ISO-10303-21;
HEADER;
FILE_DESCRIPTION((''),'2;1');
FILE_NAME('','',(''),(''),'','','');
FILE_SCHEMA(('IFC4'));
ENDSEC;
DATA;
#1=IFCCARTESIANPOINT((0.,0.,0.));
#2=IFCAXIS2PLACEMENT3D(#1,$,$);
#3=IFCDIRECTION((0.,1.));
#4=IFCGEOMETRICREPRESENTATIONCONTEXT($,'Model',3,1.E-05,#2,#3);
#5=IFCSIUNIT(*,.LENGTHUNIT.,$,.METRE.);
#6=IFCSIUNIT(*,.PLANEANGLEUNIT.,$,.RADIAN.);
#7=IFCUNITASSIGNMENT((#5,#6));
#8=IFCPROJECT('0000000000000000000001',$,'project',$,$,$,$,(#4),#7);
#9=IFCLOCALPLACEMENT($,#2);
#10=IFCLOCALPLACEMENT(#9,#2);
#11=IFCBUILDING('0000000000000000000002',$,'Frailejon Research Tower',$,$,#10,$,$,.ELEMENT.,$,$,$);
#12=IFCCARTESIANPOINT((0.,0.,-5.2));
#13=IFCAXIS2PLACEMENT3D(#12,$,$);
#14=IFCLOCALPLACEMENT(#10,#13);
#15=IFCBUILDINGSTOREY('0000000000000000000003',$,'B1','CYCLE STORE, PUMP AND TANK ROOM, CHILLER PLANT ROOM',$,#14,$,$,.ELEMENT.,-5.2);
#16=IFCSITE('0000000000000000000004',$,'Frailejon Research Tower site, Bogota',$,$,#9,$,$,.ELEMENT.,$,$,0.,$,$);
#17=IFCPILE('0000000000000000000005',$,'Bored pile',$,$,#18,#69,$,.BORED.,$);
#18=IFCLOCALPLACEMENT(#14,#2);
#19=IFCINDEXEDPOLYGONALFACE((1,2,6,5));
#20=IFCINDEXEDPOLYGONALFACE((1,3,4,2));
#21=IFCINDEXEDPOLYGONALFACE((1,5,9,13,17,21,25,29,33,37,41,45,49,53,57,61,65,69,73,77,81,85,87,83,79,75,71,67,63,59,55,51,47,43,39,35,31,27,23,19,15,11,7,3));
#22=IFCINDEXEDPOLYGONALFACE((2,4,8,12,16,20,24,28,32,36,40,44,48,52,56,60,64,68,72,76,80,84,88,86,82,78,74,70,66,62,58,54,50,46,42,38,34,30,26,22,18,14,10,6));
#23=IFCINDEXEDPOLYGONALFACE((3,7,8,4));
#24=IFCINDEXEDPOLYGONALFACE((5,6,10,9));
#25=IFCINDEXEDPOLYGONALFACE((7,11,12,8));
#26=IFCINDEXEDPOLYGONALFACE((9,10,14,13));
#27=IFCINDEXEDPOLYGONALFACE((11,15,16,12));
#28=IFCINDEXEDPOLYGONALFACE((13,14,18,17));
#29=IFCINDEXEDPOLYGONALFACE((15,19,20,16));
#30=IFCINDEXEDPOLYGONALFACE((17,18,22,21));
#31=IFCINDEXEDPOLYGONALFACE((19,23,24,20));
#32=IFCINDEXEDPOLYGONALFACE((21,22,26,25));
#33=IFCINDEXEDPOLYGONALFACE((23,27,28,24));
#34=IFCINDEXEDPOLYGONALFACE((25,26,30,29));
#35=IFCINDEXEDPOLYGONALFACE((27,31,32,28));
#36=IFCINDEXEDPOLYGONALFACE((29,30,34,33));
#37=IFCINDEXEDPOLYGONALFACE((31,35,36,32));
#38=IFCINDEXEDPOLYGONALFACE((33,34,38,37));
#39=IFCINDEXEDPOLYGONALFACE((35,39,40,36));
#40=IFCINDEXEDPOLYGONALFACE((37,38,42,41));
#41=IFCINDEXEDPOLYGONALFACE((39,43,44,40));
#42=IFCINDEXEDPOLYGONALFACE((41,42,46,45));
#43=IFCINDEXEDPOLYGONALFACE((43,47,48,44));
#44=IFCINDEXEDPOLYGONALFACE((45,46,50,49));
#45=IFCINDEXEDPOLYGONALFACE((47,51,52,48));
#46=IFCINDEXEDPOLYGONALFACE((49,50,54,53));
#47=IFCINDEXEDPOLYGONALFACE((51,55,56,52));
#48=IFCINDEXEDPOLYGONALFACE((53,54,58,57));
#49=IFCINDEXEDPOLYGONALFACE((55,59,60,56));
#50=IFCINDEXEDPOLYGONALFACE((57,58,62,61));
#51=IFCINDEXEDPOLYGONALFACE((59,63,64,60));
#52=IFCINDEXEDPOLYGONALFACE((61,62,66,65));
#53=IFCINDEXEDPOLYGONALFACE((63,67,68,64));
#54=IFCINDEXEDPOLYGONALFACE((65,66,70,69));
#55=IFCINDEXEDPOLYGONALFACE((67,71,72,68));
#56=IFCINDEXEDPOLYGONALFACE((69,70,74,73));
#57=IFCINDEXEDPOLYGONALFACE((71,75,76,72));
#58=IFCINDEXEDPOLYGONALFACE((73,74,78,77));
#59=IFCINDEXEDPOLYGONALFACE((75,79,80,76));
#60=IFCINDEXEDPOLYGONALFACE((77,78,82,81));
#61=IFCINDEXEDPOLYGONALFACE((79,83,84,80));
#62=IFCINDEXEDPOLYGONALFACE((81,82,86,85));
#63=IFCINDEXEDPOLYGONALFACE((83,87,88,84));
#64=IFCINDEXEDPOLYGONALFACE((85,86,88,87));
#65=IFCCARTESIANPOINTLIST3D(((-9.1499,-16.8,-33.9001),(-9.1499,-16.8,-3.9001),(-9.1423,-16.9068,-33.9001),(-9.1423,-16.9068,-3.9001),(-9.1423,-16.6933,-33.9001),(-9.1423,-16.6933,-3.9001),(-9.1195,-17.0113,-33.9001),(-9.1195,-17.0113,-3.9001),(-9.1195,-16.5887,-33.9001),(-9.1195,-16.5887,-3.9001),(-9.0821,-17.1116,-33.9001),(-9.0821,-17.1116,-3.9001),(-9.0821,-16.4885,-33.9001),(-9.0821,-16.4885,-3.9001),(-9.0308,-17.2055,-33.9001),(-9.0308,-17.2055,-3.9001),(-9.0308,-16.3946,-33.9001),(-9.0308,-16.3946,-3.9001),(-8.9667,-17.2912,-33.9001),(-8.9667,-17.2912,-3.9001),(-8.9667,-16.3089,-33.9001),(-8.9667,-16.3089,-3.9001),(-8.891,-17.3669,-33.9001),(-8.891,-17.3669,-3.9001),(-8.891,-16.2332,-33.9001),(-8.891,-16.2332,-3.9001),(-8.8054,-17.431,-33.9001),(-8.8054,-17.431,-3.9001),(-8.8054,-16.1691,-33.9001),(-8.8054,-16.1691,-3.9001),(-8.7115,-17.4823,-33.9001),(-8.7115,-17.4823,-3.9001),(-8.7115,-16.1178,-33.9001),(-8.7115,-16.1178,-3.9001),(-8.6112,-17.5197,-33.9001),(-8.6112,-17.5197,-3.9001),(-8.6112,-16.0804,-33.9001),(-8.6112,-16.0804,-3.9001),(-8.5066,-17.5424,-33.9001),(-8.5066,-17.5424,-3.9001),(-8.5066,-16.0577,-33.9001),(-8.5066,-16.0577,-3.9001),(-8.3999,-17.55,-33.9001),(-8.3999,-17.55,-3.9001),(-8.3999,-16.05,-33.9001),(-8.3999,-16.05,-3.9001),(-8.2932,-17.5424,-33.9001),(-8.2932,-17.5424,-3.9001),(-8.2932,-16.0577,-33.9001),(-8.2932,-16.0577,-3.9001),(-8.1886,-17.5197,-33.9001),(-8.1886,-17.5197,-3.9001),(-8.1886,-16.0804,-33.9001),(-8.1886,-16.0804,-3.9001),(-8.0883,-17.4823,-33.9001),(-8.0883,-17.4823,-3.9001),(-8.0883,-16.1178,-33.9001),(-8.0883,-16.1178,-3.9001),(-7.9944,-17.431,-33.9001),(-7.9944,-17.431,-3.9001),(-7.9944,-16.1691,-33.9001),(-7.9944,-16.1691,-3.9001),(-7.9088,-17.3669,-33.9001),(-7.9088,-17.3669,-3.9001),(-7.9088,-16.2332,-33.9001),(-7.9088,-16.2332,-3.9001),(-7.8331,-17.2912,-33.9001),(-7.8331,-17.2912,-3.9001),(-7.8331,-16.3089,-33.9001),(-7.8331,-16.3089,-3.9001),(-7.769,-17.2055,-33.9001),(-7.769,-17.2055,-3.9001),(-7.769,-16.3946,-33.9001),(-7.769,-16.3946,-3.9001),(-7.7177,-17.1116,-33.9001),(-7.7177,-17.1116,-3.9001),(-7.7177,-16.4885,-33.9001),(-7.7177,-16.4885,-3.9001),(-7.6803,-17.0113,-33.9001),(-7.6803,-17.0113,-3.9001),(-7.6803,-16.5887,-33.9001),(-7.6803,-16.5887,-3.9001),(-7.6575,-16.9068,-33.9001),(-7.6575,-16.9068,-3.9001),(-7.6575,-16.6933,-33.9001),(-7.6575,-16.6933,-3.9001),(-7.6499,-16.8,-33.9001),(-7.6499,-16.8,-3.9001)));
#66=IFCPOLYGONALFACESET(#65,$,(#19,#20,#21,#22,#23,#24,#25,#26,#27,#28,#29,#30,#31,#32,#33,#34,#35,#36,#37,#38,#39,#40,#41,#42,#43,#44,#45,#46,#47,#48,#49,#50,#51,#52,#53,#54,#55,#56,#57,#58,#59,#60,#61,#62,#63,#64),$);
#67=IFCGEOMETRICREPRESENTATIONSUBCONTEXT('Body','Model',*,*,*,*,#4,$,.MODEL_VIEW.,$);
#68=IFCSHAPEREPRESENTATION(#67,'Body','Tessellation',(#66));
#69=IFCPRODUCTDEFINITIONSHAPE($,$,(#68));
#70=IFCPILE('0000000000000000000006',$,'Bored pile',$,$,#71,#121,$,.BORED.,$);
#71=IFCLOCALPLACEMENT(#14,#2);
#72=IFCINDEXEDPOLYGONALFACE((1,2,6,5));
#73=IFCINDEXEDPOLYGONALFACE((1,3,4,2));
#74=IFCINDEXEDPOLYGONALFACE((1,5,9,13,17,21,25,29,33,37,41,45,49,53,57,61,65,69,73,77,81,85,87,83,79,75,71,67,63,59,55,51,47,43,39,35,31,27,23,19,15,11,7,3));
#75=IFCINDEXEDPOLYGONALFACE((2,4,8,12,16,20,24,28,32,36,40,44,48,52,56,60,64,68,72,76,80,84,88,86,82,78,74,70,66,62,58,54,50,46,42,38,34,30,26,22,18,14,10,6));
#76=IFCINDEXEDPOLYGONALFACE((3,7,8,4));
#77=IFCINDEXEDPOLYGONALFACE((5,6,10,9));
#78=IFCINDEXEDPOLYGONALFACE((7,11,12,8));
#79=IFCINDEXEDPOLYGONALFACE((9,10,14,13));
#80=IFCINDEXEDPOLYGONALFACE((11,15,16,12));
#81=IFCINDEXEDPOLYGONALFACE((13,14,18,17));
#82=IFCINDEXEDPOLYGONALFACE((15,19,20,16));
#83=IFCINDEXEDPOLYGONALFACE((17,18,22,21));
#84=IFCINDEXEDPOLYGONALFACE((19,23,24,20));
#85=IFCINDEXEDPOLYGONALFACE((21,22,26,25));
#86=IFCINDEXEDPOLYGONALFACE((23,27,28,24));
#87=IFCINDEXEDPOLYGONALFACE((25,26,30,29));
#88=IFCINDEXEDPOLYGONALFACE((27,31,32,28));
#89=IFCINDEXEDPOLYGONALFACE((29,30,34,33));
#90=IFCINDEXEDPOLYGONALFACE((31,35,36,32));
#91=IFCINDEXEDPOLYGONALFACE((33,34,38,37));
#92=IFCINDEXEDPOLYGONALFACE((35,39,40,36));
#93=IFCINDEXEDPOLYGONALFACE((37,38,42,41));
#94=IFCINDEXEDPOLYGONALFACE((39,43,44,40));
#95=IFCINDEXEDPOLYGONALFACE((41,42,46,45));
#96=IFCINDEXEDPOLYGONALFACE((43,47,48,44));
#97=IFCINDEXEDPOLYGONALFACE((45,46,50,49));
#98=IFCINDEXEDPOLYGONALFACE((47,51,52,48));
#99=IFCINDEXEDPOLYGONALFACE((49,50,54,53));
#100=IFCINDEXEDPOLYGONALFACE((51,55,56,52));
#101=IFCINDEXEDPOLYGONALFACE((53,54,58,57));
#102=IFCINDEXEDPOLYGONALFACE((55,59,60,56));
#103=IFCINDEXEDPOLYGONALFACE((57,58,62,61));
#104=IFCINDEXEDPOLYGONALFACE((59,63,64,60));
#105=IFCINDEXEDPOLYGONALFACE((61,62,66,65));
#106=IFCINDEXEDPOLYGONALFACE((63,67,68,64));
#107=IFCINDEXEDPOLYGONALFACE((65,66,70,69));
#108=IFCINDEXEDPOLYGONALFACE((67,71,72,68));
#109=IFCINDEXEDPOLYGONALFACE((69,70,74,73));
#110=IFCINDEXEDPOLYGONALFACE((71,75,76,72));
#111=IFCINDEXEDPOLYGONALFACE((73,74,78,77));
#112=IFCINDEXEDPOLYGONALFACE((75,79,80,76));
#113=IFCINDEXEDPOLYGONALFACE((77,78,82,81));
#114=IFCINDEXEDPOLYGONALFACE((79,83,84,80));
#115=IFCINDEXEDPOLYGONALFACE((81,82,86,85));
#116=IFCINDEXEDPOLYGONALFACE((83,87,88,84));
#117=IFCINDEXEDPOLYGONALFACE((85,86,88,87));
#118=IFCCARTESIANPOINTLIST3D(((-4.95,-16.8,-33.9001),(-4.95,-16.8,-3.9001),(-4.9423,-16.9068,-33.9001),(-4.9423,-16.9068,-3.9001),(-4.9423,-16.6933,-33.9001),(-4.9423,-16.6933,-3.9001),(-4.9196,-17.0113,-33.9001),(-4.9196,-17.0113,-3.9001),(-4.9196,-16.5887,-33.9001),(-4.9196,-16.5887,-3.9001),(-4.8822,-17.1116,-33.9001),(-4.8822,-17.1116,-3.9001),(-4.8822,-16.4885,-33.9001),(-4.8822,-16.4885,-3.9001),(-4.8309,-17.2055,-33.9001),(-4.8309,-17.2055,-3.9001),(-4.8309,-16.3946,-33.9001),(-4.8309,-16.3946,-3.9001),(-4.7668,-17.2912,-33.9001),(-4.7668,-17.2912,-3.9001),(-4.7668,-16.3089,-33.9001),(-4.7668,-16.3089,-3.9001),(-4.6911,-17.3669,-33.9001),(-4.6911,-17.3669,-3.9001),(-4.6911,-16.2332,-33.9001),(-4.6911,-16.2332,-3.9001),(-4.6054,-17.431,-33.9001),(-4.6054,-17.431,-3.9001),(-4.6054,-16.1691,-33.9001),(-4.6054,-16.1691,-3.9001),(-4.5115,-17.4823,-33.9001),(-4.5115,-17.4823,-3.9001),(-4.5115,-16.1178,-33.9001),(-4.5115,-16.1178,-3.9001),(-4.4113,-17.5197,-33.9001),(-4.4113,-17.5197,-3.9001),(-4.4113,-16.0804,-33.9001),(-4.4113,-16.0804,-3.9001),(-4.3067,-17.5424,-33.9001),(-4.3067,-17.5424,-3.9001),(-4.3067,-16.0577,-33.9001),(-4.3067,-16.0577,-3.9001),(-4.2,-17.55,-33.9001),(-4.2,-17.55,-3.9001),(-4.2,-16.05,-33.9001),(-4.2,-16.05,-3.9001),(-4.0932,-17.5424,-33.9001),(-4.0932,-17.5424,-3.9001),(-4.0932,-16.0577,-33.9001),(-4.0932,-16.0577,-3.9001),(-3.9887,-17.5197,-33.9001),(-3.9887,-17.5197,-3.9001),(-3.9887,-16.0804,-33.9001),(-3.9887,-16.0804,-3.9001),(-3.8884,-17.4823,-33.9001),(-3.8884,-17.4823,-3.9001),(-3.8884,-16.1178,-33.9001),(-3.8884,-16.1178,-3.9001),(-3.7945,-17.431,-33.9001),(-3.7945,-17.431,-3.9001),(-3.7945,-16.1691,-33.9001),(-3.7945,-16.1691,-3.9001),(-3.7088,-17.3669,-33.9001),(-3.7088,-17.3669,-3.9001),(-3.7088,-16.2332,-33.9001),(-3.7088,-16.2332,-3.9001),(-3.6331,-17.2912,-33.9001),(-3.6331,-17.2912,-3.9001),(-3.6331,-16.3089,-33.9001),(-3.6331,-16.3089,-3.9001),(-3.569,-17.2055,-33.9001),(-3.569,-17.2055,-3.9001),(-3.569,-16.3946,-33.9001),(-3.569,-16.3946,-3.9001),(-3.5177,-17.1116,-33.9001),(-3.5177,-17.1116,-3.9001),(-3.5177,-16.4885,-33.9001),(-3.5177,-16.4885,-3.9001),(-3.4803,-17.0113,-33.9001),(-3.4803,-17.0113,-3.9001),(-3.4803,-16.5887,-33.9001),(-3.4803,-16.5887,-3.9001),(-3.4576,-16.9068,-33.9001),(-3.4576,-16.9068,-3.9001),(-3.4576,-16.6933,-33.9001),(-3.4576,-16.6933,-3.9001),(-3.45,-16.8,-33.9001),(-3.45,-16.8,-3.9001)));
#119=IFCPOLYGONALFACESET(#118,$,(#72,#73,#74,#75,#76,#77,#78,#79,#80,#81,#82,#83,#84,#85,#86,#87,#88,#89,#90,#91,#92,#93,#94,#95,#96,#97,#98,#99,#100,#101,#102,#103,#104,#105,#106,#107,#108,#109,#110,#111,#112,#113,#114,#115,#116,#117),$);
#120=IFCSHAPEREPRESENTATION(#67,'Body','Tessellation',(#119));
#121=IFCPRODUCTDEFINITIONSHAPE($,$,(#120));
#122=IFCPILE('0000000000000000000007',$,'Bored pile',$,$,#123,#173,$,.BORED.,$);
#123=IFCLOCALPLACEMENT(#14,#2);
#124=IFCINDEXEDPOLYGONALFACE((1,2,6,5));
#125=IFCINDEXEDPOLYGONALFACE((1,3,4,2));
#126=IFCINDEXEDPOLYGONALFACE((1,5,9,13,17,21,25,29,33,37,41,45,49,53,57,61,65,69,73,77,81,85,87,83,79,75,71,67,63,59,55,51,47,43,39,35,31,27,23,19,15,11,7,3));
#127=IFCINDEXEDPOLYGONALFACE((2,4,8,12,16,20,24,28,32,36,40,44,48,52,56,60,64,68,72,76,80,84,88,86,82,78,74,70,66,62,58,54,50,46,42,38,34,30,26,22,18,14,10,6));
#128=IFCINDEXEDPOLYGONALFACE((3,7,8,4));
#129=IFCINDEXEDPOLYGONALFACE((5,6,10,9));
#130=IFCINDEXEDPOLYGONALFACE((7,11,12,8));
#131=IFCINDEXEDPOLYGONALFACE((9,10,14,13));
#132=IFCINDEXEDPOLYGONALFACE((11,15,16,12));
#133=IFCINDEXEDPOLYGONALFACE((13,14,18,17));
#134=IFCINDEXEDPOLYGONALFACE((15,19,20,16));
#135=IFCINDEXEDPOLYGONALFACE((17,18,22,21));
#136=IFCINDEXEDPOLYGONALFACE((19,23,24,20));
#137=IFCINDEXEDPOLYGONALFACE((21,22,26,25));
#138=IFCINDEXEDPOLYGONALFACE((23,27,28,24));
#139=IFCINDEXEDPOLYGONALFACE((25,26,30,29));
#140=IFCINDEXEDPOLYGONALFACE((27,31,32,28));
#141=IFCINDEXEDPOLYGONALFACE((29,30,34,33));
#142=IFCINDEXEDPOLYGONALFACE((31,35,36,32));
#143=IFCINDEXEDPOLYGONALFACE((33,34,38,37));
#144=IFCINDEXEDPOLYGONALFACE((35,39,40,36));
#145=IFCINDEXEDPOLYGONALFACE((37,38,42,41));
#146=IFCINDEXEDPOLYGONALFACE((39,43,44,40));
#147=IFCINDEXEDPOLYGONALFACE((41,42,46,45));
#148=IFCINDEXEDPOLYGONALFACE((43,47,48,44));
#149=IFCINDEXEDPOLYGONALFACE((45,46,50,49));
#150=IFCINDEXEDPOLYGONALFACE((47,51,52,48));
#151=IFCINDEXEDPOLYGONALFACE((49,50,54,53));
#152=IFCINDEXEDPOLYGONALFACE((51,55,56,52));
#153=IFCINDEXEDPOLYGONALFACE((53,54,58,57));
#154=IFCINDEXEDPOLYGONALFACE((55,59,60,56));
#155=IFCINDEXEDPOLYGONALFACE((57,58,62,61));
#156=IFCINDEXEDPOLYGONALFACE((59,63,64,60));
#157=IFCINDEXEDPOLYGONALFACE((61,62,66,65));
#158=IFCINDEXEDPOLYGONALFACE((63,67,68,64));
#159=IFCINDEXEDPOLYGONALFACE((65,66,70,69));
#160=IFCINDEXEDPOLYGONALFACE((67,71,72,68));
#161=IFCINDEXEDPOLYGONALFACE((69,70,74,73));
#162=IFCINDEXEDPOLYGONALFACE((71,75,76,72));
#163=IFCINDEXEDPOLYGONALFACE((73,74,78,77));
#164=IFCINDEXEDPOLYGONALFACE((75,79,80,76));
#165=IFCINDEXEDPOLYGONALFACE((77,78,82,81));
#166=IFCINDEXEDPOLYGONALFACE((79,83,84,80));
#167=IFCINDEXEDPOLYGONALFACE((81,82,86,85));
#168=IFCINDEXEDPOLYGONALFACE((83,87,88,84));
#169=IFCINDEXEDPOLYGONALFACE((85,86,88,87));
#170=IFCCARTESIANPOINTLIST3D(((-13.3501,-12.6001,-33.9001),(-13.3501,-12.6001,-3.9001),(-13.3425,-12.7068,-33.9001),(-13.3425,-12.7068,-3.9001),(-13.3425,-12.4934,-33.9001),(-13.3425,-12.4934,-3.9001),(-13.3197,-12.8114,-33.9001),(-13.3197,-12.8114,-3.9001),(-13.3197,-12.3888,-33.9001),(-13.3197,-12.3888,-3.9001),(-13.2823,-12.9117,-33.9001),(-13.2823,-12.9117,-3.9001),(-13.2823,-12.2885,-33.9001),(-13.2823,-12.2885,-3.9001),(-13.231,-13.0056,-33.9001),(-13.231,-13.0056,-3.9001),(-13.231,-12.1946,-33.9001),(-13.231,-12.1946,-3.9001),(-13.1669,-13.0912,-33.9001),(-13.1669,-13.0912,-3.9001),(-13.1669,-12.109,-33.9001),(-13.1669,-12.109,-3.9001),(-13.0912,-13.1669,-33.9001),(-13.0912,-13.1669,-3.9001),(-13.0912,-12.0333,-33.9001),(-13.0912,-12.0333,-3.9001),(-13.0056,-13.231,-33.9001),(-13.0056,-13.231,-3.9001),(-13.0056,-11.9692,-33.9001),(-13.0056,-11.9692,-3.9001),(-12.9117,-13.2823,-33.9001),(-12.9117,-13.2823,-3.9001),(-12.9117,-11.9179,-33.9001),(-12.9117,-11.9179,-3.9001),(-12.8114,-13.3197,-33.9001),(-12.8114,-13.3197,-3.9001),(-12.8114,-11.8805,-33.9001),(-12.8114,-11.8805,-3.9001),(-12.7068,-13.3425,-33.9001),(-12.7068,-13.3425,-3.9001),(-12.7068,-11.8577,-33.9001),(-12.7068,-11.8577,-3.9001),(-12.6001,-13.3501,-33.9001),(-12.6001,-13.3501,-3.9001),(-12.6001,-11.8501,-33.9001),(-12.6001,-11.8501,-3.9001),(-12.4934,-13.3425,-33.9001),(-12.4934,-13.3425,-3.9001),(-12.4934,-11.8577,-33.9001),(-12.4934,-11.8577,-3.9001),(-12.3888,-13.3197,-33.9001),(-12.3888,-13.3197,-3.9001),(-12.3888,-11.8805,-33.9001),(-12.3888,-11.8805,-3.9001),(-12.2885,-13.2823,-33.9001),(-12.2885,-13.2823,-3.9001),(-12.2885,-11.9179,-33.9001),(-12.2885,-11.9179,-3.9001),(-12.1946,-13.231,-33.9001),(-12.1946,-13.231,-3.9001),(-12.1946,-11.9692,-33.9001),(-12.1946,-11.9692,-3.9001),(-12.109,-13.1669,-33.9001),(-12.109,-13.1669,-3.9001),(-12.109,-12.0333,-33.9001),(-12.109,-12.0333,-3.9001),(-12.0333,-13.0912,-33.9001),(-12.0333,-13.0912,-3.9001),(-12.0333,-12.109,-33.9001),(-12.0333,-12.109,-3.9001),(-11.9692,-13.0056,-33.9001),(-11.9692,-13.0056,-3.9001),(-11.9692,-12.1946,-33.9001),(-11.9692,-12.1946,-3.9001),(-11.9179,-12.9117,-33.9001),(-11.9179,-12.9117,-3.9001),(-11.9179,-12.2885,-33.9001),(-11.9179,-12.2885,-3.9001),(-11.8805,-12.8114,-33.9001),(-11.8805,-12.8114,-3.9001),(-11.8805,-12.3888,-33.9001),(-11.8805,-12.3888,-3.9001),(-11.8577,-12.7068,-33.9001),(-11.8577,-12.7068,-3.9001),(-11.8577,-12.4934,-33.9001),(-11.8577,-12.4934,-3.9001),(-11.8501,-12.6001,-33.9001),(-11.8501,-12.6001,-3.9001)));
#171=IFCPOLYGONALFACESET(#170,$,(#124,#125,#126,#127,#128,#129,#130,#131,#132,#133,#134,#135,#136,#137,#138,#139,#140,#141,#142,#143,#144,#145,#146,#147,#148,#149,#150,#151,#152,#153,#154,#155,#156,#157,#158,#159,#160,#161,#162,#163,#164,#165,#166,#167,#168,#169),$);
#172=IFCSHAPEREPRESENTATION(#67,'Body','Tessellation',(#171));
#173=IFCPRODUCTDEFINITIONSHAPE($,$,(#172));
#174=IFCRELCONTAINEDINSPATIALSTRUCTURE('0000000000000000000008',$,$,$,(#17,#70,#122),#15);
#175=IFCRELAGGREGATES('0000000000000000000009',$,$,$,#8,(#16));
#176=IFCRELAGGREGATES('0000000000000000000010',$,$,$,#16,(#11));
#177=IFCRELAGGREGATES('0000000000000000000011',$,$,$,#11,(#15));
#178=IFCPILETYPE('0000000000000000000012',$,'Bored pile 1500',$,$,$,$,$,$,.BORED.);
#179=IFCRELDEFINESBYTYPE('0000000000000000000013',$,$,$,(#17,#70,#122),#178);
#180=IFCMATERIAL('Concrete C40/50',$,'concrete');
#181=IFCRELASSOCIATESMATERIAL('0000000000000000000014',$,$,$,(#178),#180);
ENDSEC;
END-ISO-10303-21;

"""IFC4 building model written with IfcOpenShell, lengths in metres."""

from ifc_helpers import new_model, si_unit, direction, frame, origin, origin_2d, place, context, subcontext, project, spatial, circle, extrude, material, material_profile, profile_set, type_object, element, save


model = new_model("IFC4")

# Units and contexts
model_context = context("Model", 3, precision=1e-05, world=origin(), true_north=direction((0.0, 1.0)))
body_context = subcontext(model_context, "Body", "Model", "MODEL_VIEW")
ifc_project = project(units=[si_unit("LENGTHUNIT", "METRE"), si_unit("PLANEANGLEUNIT", "RADIAN")], contexts=[model_context])

# Site, building, storey
site_placement = place(None, origin())
site = spatial("IfcSite", under=ifc_project, at=site_placement, Name="Frailejon Research Tower site, Bogota", CompositionType="ELEMENT", RefElevation=0.0)
building_placement = place(site_placement, origin())
building = spatial("IfcBuilding", under=site, at=building_placement, Name="Frailejon Research Tower", CompositionType="ELEMENT")
storey_placement = place(building_placement, frame((0.0, 0.0, -5.2)))
storey = spatial("IfcBuildingStorey", under=building, at=storey_placement, Name="B1", Description="CYCLE STORE, PUMP AND TANK ROOM, CHILLER PLANT ROOM", CompositionType="ELEMENT", Elevation=-5.2)

# Piles
ifc_material_1 = material(Name="Concrete C40/50", Category="concrete")
ifc_material_profile_1 = material_profile(ifc_material_1, circle(Radius=0.75, at=origin_2d()), Name="Bored pile 1500")
ifc_profile_set_1 = profile_set([ifc_material_profile_1], Name="Concrete C40/50")
pile_type = type_object("IfcPileType", Name="Bored pile 1500", PredefinedType="BORED", material=ifc_profile_set_1)
for number, where, z_axis, x_axis, name in (
    (1, (-8.3999, -16.8, -3.9001), (0.0, 0.0, -1.0), (1.0, 0.0, 0.0), "Bored pile"),
    (2, (-4.2, -16.8, -3.9001), (0.0, 0.0, -1.0), (1.0, 0.0, 0.0), "Bored pile"),
    (3, (-12.6001, -12.6001, -3.9001), (0.0, 0.0, -1.0), (1.0, 0.0, 0.0), "Bored pile"),
):
    element("IfcPile", number, at=place(storey_placement, frame(where, z_axis=z_axis, x_axis=x_axis)), inside=storey, type_object=pile_type, Name=name, PredefinedType="BORED", context=body_context, shape_type="SweptSolid", body=[
        extrude(circle(Radius=0.75, at=origin_2d()), origin(), (0.0, 0.0, 1.0), 30.0),
    ])

save(model, "model.ifc")
